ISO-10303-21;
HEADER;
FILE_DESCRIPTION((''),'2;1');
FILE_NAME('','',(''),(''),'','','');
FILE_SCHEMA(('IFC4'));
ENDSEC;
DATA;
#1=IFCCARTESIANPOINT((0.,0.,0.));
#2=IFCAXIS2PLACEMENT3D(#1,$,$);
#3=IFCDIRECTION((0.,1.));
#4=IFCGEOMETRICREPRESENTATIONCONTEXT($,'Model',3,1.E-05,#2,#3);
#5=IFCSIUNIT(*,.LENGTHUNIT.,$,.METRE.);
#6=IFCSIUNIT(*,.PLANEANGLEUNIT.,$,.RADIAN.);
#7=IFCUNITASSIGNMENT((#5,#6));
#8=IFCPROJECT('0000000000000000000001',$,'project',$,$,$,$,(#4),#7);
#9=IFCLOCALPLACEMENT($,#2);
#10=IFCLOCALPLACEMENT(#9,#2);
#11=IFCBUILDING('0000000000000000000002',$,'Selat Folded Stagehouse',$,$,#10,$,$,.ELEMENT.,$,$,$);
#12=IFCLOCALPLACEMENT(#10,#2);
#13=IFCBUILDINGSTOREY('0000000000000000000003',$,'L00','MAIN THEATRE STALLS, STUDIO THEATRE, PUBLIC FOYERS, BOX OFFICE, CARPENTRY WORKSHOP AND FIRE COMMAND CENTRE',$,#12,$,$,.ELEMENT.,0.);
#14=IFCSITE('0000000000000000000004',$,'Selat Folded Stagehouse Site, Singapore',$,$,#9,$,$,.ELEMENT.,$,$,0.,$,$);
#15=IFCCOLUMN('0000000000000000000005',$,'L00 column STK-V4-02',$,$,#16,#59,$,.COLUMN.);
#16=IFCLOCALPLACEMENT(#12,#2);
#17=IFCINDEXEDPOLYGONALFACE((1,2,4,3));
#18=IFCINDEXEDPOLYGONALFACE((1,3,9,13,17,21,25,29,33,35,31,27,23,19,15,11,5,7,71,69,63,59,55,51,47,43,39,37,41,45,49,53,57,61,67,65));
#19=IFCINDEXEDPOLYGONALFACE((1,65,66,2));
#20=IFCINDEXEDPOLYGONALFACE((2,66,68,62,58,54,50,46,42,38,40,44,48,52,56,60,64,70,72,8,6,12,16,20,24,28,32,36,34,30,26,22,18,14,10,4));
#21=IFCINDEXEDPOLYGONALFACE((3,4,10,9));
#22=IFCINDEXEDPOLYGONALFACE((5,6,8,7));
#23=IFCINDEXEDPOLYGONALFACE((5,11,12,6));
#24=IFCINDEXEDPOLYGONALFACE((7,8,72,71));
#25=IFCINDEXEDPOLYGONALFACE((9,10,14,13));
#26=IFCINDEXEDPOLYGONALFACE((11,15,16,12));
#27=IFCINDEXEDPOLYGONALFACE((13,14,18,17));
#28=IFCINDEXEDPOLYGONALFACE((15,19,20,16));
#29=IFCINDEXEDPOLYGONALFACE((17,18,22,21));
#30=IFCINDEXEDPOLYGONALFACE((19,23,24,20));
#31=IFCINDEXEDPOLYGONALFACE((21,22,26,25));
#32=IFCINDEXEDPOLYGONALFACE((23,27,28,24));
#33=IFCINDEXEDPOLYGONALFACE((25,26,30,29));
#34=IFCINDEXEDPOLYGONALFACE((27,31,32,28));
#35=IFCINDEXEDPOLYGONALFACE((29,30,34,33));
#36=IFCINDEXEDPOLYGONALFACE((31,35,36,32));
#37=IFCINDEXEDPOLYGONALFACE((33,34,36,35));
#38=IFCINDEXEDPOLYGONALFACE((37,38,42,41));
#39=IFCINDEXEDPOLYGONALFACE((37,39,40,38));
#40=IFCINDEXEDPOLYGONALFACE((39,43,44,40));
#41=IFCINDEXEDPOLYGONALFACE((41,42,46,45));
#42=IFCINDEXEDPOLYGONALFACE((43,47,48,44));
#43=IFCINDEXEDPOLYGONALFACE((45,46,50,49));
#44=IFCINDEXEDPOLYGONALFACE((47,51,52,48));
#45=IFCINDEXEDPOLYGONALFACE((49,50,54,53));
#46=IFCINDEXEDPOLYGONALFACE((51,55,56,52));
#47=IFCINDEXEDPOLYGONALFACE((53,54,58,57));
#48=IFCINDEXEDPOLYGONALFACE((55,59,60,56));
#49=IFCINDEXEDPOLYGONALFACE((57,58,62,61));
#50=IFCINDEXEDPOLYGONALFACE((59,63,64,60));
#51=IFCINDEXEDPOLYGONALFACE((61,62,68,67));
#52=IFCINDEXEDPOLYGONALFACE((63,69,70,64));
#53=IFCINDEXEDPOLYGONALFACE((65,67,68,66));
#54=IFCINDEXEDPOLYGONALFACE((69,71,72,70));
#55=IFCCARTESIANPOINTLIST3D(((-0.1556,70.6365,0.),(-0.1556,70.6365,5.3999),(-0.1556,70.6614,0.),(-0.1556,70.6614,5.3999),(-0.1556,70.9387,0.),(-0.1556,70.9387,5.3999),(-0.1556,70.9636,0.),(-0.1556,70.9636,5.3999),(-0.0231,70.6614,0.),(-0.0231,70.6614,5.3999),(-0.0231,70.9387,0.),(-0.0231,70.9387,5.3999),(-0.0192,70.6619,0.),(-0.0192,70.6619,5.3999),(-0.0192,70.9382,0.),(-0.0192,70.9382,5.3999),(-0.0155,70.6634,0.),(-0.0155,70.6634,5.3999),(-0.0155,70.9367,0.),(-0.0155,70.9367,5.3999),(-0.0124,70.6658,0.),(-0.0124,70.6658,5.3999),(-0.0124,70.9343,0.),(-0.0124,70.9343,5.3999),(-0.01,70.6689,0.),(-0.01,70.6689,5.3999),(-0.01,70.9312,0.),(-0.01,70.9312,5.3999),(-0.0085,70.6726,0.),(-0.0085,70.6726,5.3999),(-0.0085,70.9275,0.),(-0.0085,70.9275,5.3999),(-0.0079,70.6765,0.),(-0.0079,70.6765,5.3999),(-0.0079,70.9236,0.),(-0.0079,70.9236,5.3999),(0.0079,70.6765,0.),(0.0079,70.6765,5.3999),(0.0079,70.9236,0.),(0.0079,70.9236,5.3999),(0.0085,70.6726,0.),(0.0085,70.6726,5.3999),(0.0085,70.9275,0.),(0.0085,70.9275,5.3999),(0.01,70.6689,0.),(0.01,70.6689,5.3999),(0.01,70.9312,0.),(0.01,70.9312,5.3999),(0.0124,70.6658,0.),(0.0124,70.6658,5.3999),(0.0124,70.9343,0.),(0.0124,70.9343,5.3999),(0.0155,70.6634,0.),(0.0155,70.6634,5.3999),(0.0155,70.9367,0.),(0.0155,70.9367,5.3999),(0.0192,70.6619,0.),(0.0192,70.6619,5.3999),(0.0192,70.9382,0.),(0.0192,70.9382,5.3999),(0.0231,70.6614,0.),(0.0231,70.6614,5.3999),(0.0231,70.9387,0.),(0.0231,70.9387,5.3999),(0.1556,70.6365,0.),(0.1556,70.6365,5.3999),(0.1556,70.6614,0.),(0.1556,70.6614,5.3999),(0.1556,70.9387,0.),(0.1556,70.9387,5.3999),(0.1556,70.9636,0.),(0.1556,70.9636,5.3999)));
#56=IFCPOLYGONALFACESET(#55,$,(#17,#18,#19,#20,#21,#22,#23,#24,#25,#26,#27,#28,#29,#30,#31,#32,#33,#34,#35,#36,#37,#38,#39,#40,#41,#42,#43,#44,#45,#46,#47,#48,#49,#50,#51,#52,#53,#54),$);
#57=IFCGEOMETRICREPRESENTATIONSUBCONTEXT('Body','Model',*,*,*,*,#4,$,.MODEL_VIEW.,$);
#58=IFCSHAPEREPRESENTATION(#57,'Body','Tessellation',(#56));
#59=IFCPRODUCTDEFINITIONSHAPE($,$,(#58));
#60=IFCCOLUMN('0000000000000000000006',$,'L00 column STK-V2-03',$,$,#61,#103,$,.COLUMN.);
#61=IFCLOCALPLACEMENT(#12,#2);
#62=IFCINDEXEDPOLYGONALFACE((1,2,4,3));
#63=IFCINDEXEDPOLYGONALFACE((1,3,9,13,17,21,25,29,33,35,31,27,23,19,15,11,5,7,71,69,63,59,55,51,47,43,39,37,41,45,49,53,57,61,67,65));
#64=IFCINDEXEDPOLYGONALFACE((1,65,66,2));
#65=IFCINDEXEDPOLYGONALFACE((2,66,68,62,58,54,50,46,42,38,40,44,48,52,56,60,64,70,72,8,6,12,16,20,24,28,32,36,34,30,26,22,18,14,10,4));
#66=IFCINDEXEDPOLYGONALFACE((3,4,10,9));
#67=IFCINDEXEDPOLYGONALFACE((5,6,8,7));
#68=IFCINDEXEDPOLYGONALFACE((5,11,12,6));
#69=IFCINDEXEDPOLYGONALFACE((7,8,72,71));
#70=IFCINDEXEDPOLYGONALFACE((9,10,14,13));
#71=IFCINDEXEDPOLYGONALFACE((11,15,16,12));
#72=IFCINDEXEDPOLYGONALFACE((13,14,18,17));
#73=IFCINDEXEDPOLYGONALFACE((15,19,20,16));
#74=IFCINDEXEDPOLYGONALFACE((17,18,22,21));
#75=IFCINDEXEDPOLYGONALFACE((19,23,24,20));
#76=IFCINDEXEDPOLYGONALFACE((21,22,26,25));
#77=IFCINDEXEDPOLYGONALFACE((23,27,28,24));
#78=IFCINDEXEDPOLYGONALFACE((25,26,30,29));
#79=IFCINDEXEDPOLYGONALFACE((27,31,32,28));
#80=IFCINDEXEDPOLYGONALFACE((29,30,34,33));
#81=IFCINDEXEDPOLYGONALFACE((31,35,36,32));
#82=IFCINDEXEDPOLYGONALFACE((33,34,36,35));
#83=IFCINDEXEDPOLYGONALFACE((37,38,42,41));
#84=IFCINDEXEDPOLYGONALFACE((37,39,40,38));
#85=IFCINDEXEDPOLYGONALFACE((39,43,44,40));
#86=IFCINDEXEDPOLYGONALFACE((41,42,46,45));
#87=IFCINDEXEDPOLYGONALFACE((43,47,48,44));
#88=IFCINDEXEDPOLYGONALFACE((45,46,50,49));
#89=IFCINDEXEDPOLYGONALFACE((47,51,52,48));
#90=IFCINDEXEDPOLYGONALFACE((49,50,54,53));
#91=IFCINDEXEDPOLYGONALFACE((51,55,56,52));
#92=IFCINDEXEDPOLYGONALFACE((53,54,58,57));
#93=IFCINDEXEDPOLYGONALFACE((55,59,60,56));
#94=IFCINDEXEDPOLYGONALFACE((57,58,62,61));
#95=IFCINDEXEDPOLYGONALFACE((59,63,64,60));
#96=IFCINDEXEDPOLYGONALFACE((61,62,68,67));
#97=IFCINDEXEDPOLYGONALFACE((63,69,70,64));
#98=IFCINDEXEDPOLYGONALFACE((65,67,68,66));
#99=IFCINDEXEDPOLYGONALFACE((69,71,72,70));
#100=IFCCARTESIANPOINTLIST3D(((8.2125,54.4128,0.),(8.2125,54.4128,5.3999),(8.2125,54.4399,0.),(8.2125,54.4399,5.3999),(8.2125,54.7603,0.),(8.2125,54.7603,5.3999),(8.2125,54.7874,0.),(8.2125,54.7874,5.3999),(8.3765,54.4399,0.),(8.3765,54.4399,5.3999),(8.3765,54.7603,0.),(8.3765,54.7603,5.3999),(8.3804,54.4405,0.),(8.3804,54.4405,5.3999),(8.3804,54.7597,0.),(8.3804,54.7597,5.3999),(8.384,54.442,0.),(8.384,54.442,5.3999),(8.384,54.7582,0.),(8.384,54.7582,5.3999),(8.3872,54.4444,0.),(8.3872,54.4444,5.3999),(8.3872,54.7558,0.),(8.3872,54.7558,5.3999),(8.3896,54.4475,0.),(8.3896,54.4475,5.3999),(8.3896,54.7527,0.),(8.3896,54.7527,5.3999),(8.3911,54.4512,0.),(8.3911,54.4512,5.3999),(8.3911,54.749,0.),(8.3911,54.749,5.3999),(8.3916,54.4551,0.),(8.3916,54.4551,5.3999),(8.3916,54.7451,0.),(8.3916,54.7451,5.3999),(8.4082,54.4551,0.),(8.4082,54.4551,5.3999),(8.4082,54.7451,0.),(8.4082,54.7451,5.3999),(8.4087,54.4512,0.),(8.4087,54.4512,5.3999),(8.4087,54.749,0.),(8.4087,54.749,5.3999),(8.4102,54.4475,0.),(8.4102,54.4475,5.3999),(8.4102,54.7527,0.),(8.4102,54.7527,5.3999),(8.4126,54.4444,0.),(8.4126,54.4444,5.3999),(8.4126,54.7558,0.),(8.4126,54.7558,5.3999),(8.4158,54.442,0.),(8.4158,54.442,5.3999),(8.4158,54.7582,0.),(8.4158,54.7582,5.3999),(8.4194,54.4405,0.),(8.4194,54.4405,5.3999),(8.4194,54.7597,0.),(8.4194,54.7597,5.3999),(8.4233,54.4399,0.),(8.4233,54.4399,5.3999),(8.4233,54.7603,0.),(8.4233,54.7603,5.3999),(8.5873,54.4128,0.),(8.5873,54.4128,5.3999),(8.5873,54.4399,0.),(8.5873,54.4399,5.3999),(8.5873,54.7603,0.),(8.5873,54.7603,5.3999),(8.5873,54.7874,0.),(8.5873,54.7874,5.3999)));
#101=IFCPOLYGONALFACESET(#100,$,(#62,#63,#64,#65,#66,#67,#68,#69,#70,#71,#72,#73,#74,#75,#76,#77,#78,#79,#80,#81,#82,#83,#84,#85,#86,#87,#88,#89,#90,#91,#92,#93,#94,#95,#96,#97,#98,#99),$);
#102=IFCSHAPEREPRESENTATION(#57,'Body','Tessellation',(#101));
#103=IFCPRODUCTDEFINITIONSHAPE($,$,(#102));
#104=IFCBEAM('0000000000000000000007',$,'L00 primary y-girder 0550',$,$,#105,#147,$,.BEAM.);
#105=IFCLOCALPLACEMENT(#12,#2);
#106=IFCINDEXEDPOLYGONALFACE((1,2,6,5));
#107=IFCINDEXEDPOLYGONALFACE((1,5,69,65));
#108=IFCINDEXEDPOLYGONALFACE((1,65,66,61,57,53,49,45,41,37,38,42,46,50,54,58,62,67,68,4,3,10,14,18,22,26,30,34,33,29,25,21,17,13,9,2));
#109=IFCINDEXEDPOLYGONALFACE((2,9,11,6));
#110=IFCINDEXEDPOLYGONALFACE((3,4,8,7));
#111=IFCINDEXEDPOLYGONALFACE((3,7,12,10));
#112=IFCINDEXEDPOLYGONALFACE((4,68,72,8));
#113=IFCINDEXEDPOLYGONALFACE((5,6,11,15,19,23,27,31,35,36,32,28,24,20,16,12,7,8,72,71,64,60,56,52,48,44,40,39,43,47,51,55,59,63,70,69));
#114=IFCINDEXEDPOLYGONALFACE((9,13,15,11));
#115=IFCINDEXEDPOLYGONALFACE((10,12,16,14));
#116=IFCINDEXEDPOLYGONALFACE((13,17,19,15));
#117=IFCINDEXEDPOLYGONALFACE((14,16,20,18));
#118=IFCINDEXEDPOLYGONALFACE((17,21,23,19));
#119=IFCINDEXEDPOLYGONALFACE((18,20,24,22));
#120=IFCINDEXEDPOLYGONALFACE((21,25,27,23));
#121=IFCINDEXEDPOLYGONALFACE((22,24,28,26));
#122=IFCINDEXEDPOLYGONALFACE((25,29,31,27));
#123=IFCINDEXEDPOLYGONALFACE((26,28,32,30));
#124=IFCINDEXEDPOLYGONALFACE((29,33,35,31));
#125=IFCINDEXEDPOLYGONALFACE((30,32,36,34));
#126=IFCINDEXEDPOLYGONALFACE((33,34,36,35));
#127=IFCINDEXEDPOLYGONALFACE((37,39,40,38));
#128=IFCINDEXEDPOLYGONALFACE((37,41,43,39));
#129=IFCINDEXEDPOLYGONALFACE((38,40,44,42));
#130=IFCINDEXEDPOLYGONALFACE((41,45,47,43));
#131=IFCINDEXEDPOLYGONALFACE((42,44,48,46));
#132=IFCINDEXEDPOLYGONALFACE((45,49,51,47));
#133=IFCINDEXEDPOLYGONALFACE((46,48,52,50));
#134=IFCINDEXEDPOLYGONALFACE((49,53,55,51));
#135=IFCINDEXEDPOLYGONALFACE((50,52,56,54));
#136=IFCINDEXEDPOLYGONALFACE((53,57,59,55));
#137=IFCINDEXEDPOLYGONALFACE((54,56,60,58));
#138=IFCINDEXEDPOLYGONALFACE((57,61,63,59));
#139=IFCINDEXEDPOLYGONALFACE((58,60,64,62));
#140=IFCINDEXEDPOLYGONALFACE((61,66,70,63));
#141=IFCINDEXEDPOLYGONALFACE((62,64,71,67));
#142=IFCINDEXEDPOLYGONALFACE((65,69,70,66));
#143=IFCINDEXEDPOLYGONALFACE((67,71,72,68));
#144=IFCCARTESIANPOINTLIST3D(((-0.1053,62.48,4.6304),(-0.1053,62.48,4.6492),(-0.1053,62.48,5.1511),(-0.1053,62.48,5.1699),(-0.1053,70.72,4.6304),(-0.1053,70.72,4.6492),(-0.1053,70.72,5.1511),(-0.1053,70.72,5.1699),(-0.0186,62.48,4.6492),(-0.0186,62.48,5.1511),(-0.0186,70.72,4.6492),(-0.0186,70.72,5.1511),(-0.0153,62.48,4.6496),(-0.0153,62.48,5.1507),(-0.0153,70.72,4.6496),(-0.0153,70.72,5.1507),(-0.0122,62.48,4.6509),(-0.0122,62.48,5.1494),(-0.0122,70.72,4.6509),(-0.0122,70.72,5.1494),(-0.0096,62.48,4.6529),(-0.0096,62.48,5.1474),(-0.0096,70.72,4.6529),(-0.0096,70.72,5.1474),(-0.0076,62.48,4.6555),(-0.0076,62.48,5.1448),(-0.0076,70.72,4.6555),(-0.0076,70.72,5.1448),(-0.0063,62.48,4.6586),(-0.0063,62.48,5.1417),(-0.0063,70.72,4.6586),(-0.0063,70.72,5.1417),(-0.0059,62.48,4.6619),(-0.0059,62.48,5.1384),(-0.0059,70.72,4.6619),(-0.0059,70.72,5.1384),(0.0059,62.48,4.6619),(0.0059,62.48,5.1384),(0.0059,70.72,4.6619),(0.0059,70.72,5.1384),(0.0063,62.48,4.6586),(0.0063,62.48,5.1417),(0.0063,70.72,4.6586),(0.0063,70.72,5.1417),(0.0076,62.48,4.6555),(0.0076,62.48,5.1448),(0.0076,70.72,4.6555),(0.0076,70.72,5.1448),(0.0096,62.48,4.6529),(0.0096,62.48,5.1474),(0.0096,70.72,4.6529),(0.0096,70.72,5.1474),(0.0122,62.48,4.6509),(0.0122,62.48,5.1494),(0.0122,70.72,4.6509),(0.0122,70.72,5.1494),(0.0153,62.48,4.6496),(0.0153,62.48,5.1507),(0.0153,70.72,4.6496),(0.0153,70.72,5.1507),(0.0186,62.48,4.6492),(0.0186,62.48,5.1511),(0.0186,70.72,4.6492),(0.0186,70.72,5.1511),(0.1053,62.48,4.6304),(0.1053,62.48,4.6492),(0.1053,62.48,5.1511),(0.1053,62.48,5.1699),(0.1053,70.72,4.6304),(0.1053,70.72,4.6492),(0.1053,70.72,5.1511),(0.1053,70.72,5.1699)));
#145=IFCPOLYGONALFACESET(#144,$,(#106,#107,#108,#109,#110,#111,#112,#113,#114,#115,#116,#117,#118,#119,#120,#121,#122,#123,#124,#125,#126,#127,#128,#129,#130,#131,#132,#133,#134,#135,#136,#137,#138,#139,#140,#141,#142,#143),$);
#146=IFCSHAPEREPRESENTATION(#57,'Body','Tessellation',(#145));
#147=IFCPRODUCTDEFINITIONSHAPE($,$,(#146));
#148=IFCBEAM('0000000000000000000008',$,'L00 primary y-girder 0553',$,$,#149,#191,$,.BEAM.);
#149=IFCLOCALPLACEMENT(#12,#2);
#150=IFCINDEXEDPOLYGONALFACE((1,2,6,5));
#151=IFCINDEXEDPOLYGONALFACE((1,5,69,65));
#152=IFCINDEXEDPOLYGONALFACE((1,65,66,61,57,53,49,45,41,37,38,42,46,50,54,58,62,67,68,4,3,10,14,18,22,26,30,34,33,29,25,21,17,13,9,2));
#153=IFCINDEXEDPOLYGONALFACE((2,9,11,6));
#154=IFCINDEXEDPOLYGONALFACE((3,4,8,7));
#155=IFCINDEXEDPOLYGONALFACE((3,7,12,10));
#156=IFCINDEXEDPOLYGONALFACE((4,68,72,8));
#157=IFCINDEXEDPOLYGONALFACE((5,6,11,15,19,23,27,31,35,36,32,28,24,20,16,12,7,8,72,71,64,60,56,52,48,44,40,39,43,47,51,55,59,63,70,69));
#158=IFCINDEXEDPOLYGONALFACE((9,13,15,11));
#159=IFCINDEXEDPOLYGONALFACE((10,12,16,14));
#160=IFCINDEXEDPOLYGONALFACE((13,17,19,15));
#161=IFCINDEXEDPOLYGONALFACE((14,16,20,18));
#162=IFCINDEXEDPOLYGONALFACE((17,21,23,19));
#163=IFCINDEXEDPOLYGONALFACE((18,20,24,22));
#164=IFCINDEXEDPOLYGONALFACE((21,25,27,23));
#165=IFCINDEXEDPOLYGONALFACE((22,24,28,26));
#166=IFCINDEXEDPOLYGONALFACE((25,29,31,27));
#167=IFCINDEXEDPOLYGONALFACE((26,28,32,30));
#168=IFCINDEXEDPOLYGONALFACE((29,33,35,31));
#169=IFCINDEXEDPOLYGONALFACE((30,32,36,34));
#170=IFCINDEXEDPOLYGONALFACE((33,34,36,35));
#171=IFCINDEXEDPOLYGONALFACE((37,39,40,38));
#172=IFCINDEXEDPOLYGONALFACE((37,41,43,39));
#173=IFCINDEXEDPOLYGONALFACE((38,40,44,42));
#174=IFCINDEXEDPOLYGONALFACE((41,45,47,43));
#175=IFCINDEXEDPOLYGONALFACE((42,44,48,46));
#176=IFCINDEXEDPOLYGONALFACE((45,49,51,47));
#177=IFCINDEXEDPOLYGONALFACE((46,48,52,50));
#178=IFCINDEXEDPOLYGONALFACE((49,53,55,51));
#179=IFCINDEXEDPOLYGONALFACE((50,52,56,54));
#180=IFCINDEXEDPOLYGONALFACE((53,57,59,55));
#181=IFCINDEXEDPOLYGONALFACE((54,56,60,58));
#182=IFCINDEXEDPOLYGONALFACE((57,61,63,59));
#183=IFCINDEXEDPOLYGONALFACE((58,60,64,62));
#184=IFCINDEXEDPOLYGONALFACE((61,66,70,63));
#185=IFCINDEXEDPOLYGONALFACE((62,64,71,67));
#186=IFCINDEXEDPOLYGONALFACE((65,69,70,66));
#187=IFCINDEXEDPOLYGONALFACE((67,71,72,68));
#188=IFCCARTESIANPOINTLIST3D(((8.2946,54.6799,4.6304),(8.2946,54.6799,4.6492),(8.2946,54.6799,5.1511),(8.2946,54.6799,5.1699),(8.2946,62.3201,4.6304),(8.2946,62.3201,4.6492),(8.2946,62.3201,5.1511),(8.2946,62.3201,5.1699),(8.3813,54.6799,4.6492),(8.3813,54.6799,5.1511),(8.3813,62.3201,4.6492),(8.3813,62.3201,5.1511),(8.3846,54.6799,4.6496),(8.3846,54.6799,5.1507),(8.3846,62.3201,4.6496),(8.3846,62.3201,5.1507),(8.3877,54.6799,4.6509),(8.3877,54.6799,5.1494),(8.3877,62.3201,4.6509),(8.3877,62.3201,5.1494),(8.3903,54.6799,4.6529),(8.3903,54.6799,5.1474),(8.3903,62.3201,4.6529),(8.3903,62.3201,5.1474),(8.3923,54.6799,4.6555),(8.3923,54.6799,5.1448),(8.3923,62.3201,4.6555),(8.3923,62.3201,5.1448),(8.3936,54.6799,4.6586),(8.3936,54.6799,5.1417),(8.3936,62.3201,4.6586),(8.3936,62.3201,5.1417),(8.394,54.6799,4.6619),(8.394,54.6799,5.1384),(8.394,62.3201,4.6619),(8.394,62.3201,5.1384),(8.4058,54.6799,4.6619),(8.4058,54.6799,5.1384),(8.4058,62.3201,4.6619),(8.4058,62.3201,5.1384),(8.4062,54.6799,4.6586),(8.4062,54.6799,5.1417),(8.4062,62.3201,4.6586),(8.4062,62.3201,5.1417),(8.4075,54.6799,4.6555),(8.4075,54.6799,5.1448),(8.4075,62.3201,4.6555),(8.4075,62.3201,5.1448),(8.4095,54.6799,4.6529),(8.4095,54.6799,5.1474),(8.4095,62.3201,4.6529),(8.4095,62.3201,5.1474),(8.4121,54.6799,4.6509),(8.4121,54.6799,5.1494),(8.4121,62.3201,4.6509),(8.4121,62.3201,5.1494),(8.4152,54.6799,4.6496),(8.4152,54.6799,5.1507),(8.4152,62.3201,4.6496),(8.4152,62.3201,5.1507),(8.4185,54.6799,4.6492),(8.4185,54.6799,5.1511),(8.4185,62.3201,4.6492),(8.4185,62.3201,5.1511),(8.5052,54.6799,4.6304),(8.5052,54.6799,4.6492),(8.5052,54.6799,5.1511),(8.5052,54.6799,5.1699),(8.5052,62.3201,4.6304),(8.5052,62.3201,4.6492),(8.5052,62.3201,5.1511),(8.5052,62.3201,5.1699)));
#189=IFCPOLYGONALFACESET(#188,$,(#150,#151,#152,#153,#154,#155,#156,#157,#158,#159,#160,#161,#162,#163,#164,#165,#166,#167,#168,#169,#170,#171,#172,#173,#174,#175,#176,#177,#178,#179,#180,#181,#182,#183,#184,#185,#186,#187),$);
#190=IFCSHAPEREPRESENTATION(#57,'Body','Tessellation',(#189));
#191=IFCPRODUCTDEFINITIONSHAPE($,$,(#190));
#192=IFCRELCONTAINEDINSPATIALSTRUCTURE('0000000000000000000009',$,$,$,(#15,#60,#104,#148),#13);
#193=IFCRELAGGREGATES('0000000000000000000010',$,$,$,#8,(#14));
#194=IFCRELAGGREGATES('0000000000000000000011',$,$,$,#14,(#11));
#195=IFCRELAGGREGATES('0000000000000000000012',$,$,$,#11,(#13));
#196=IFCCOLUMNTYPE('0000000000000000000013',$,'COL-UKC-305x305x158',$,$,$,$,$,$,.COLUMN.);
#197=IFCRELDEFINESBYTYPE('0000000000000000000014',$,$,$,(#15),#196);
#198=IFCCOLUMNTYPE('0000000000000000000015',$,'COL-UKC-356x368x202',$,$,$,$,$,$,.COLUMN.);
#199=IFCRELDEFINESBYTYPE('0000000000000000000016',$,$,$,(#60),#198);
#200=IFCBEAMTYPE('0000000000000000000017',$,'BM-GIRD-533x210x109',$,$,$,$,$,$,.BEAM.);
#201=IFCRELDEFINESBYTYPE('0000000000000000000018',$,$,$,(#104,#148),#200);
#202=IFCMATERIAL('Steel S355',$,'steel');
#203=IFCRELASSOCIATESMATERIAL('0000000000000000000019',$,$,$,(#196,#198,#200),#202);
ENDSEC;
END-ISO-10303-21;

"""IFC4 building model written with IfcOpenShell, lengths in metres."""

from ifc_helpers import new_model, si_unit, direction, frame, origin, origin_2d, place, context, subcontext, project, spatial, i_section, extrude, material, material_profile, profile_set, type_object, element, save


model = new_model("IFC4")

# Units and contexts
model_context = context("Model", 3, precision=1e-05, world=origin(), true_north=direction((0.0, 1.0)))
body_context = subcontext(model_context, "Body", "Model", "MODEL_VIEW")
ifc_project = project(units=[si_unit("LENGTHUNIT", "METRE"), si_unit("PLANEANGLEUNIT", "RADIAN")], contexts=[model_context])

# Site, building, storey
site_placement = place(None, origin())
site = spatial("IfcSite", under=ifc_project, at=site_placement, Name="Selat Folded Stagehouse Site, Singapore", CompositionType="ELEMENT", RefElevation=0.0)
building_placement = place(site_placement, origin())
building = spatial("IfcBuilding", under=site, at=building_placement, Name="Selat Folded Stagehouse", CompositionType="ELEMENT")
storey_placement = place(building_placement, origin())
storey = spatial("IfcBuildingStorey", under=building, at=storey_placement, Name="L00", Description="MAIN THEATRE STALLS, STUDIO THEATRE, PUBLIC FOYERS, BOX OFFICE, CARPENTRY WORKSHOP AND FIRE COMMAND CENTRE", CompositionType="ELEMENT", Elevation=0.0)

# Columns
ifc_material_1 = material(Name="Steel S355", Category="steel")
ifc_material_profile_1 = material_profile(ifc_material_1, i_section(OverallWidth=0.3113, OverallDepth=0.3271, WebThickness=0.0159, FlangeThickness=0.0249, FilletRadius=0.0151, at=origin_2d()), Name="UKC 305x305x158")
ifc_profile_set_1 = profile_set([ifc_material_profile_1], Name="Steel S355")
column_type_1 = type_object("IfcColumnType", Name="COL-UKC-305x305x158", PredefinedType="COLUMN", material=ifc_profile_set_1)
for number, where, z_axis, x_axis, name in (
    (1, (0.0, 70.8, 0.0), (0.0, 0.0, 1.0), (1.0, 0.0, 0.0), "L00 column STK-V4-02"),
):
    element("IfcColumn", number, at=place(storey_placement, frame(where, z_axis=z_axis, x_axis=x_axis)), inside=storey, type_object=column_type_1, Name=name, PredefinedType="COLUMN", context=body_context, shape_type="SweptSolid", body=[
        extrude(i_section(OverallWidth=0.3113, OverallDepth=0.3271, WebThickness=0.0159, FlangeThickness=0.0249, FilletRadius=0.0151, at=origin_2d()), origin(), (0.0, 0.0, 1.0), 5.3999),
    ])
ifc_material_profile_2 = material_profile(ifc_material_1, i_section(OverallWidth=0.3748, OverallDepth=0.3745, WebThickness=0.0166, FlangeThickness=0.0271, FilletRadius=0.0151, at=origin_2d()), Name="UKC 356x368x202")
ifc_profile_set_2 = profile_set([ifc_material_profile_2], Name="Steel S355")
column_type_2 = type_object("IfcColumnType", Name="COL-UKC-356x368x202", PredefinedType="COLUMN", material=ifc_profile_set_2)
column_placement = place(storey_placement, frame((8.3999, 54.6001, 0.0), z_axis=(0.0, 0.0, 1.0), x_axis=(1.0, 0.0, 0.0)))
element("IfcColumn", 2, at=column_placement, inside=storey, type_object=column_type_2, Name="L00 column STK-V2-03", PredefinedType="COLUMN", context=body_context, shape_type="SweptSolid", body=[
    extrude(i_section(OverallWidth=0.3748, OverallDepth=0.3745, WebThickness=0.0166, FlangeThickness=0.0271, FilletRadius=0.0151, at=origin_2d()), origin(), (0.0, 0.0, 1.0), 5.3999),
])

# Beams
ifc_material_profile_3 = material_profile(ifc_material_1, i_section(OverallWidth=0.2107, OverallDepth=0.5396, WebThickness=0.0117, FlangeThickness=0.0188, FilletRadius=0.0127, at=origin_2d()), Name="UKB 533x210x109")
ifc_profile_set_3 = profile_set([ifc_material_profile_3], Name="Steel S355")
beam_type_1 = type_object("IfcBeamType", Name="BM-GIRD-533x210x109", PredefinedType="BEAM", material=ifc_profile_set_3)
beam_1_placement = place(storey_placement, frame((0.0, 62.48, 4.9001), z_axis=(0.0, 1.0, 0.0), x_axis=(-1.0, 0.0, 0.0)))
element("IfcBeam", 3, at=beam_1_placement, inside=storey, type_object=beam_type_1, Name="L00 primary y-girder 0550", PredefinedType="BEAM", context=body_context, shape_type="SweptSolid", body=[
    extrude(i_section(OverallWidth=0.2107, OverallDepth=0.5396, WebThickness=0.0117, FlangeThickness=0.0188, FilletRadius=0.0127, at=origin_2d()), origin(), (0.0, 0.0, 1.0), 8.24),
])
beam_2_placement = place(storey_placement, frame((8.3999, 54.6799, 4.9001), z_axis=(0.0, 1.0, 0.0), x_axis=(-1.0, 0.0, 0.0)))
element("IfcBeam", 4, at=beam_2_placement, inside=storey, type_object=beam_type_1, Name="L00 primary y-girder 0553", PredefinedType="BEAM", context=body_context, shape_type="SweptSolid", body=[
    extrude(i_section(OverallWidth=0.2107, OverallDepth=0.5396, WebThickness=0.0117, FlangeThickness=0.0188, FilletRadius=0.0127, at=origin_2d()), origin(), (0.0, 0.0, 1.0), 7.6401),
])

save(model, "model.ifc")
